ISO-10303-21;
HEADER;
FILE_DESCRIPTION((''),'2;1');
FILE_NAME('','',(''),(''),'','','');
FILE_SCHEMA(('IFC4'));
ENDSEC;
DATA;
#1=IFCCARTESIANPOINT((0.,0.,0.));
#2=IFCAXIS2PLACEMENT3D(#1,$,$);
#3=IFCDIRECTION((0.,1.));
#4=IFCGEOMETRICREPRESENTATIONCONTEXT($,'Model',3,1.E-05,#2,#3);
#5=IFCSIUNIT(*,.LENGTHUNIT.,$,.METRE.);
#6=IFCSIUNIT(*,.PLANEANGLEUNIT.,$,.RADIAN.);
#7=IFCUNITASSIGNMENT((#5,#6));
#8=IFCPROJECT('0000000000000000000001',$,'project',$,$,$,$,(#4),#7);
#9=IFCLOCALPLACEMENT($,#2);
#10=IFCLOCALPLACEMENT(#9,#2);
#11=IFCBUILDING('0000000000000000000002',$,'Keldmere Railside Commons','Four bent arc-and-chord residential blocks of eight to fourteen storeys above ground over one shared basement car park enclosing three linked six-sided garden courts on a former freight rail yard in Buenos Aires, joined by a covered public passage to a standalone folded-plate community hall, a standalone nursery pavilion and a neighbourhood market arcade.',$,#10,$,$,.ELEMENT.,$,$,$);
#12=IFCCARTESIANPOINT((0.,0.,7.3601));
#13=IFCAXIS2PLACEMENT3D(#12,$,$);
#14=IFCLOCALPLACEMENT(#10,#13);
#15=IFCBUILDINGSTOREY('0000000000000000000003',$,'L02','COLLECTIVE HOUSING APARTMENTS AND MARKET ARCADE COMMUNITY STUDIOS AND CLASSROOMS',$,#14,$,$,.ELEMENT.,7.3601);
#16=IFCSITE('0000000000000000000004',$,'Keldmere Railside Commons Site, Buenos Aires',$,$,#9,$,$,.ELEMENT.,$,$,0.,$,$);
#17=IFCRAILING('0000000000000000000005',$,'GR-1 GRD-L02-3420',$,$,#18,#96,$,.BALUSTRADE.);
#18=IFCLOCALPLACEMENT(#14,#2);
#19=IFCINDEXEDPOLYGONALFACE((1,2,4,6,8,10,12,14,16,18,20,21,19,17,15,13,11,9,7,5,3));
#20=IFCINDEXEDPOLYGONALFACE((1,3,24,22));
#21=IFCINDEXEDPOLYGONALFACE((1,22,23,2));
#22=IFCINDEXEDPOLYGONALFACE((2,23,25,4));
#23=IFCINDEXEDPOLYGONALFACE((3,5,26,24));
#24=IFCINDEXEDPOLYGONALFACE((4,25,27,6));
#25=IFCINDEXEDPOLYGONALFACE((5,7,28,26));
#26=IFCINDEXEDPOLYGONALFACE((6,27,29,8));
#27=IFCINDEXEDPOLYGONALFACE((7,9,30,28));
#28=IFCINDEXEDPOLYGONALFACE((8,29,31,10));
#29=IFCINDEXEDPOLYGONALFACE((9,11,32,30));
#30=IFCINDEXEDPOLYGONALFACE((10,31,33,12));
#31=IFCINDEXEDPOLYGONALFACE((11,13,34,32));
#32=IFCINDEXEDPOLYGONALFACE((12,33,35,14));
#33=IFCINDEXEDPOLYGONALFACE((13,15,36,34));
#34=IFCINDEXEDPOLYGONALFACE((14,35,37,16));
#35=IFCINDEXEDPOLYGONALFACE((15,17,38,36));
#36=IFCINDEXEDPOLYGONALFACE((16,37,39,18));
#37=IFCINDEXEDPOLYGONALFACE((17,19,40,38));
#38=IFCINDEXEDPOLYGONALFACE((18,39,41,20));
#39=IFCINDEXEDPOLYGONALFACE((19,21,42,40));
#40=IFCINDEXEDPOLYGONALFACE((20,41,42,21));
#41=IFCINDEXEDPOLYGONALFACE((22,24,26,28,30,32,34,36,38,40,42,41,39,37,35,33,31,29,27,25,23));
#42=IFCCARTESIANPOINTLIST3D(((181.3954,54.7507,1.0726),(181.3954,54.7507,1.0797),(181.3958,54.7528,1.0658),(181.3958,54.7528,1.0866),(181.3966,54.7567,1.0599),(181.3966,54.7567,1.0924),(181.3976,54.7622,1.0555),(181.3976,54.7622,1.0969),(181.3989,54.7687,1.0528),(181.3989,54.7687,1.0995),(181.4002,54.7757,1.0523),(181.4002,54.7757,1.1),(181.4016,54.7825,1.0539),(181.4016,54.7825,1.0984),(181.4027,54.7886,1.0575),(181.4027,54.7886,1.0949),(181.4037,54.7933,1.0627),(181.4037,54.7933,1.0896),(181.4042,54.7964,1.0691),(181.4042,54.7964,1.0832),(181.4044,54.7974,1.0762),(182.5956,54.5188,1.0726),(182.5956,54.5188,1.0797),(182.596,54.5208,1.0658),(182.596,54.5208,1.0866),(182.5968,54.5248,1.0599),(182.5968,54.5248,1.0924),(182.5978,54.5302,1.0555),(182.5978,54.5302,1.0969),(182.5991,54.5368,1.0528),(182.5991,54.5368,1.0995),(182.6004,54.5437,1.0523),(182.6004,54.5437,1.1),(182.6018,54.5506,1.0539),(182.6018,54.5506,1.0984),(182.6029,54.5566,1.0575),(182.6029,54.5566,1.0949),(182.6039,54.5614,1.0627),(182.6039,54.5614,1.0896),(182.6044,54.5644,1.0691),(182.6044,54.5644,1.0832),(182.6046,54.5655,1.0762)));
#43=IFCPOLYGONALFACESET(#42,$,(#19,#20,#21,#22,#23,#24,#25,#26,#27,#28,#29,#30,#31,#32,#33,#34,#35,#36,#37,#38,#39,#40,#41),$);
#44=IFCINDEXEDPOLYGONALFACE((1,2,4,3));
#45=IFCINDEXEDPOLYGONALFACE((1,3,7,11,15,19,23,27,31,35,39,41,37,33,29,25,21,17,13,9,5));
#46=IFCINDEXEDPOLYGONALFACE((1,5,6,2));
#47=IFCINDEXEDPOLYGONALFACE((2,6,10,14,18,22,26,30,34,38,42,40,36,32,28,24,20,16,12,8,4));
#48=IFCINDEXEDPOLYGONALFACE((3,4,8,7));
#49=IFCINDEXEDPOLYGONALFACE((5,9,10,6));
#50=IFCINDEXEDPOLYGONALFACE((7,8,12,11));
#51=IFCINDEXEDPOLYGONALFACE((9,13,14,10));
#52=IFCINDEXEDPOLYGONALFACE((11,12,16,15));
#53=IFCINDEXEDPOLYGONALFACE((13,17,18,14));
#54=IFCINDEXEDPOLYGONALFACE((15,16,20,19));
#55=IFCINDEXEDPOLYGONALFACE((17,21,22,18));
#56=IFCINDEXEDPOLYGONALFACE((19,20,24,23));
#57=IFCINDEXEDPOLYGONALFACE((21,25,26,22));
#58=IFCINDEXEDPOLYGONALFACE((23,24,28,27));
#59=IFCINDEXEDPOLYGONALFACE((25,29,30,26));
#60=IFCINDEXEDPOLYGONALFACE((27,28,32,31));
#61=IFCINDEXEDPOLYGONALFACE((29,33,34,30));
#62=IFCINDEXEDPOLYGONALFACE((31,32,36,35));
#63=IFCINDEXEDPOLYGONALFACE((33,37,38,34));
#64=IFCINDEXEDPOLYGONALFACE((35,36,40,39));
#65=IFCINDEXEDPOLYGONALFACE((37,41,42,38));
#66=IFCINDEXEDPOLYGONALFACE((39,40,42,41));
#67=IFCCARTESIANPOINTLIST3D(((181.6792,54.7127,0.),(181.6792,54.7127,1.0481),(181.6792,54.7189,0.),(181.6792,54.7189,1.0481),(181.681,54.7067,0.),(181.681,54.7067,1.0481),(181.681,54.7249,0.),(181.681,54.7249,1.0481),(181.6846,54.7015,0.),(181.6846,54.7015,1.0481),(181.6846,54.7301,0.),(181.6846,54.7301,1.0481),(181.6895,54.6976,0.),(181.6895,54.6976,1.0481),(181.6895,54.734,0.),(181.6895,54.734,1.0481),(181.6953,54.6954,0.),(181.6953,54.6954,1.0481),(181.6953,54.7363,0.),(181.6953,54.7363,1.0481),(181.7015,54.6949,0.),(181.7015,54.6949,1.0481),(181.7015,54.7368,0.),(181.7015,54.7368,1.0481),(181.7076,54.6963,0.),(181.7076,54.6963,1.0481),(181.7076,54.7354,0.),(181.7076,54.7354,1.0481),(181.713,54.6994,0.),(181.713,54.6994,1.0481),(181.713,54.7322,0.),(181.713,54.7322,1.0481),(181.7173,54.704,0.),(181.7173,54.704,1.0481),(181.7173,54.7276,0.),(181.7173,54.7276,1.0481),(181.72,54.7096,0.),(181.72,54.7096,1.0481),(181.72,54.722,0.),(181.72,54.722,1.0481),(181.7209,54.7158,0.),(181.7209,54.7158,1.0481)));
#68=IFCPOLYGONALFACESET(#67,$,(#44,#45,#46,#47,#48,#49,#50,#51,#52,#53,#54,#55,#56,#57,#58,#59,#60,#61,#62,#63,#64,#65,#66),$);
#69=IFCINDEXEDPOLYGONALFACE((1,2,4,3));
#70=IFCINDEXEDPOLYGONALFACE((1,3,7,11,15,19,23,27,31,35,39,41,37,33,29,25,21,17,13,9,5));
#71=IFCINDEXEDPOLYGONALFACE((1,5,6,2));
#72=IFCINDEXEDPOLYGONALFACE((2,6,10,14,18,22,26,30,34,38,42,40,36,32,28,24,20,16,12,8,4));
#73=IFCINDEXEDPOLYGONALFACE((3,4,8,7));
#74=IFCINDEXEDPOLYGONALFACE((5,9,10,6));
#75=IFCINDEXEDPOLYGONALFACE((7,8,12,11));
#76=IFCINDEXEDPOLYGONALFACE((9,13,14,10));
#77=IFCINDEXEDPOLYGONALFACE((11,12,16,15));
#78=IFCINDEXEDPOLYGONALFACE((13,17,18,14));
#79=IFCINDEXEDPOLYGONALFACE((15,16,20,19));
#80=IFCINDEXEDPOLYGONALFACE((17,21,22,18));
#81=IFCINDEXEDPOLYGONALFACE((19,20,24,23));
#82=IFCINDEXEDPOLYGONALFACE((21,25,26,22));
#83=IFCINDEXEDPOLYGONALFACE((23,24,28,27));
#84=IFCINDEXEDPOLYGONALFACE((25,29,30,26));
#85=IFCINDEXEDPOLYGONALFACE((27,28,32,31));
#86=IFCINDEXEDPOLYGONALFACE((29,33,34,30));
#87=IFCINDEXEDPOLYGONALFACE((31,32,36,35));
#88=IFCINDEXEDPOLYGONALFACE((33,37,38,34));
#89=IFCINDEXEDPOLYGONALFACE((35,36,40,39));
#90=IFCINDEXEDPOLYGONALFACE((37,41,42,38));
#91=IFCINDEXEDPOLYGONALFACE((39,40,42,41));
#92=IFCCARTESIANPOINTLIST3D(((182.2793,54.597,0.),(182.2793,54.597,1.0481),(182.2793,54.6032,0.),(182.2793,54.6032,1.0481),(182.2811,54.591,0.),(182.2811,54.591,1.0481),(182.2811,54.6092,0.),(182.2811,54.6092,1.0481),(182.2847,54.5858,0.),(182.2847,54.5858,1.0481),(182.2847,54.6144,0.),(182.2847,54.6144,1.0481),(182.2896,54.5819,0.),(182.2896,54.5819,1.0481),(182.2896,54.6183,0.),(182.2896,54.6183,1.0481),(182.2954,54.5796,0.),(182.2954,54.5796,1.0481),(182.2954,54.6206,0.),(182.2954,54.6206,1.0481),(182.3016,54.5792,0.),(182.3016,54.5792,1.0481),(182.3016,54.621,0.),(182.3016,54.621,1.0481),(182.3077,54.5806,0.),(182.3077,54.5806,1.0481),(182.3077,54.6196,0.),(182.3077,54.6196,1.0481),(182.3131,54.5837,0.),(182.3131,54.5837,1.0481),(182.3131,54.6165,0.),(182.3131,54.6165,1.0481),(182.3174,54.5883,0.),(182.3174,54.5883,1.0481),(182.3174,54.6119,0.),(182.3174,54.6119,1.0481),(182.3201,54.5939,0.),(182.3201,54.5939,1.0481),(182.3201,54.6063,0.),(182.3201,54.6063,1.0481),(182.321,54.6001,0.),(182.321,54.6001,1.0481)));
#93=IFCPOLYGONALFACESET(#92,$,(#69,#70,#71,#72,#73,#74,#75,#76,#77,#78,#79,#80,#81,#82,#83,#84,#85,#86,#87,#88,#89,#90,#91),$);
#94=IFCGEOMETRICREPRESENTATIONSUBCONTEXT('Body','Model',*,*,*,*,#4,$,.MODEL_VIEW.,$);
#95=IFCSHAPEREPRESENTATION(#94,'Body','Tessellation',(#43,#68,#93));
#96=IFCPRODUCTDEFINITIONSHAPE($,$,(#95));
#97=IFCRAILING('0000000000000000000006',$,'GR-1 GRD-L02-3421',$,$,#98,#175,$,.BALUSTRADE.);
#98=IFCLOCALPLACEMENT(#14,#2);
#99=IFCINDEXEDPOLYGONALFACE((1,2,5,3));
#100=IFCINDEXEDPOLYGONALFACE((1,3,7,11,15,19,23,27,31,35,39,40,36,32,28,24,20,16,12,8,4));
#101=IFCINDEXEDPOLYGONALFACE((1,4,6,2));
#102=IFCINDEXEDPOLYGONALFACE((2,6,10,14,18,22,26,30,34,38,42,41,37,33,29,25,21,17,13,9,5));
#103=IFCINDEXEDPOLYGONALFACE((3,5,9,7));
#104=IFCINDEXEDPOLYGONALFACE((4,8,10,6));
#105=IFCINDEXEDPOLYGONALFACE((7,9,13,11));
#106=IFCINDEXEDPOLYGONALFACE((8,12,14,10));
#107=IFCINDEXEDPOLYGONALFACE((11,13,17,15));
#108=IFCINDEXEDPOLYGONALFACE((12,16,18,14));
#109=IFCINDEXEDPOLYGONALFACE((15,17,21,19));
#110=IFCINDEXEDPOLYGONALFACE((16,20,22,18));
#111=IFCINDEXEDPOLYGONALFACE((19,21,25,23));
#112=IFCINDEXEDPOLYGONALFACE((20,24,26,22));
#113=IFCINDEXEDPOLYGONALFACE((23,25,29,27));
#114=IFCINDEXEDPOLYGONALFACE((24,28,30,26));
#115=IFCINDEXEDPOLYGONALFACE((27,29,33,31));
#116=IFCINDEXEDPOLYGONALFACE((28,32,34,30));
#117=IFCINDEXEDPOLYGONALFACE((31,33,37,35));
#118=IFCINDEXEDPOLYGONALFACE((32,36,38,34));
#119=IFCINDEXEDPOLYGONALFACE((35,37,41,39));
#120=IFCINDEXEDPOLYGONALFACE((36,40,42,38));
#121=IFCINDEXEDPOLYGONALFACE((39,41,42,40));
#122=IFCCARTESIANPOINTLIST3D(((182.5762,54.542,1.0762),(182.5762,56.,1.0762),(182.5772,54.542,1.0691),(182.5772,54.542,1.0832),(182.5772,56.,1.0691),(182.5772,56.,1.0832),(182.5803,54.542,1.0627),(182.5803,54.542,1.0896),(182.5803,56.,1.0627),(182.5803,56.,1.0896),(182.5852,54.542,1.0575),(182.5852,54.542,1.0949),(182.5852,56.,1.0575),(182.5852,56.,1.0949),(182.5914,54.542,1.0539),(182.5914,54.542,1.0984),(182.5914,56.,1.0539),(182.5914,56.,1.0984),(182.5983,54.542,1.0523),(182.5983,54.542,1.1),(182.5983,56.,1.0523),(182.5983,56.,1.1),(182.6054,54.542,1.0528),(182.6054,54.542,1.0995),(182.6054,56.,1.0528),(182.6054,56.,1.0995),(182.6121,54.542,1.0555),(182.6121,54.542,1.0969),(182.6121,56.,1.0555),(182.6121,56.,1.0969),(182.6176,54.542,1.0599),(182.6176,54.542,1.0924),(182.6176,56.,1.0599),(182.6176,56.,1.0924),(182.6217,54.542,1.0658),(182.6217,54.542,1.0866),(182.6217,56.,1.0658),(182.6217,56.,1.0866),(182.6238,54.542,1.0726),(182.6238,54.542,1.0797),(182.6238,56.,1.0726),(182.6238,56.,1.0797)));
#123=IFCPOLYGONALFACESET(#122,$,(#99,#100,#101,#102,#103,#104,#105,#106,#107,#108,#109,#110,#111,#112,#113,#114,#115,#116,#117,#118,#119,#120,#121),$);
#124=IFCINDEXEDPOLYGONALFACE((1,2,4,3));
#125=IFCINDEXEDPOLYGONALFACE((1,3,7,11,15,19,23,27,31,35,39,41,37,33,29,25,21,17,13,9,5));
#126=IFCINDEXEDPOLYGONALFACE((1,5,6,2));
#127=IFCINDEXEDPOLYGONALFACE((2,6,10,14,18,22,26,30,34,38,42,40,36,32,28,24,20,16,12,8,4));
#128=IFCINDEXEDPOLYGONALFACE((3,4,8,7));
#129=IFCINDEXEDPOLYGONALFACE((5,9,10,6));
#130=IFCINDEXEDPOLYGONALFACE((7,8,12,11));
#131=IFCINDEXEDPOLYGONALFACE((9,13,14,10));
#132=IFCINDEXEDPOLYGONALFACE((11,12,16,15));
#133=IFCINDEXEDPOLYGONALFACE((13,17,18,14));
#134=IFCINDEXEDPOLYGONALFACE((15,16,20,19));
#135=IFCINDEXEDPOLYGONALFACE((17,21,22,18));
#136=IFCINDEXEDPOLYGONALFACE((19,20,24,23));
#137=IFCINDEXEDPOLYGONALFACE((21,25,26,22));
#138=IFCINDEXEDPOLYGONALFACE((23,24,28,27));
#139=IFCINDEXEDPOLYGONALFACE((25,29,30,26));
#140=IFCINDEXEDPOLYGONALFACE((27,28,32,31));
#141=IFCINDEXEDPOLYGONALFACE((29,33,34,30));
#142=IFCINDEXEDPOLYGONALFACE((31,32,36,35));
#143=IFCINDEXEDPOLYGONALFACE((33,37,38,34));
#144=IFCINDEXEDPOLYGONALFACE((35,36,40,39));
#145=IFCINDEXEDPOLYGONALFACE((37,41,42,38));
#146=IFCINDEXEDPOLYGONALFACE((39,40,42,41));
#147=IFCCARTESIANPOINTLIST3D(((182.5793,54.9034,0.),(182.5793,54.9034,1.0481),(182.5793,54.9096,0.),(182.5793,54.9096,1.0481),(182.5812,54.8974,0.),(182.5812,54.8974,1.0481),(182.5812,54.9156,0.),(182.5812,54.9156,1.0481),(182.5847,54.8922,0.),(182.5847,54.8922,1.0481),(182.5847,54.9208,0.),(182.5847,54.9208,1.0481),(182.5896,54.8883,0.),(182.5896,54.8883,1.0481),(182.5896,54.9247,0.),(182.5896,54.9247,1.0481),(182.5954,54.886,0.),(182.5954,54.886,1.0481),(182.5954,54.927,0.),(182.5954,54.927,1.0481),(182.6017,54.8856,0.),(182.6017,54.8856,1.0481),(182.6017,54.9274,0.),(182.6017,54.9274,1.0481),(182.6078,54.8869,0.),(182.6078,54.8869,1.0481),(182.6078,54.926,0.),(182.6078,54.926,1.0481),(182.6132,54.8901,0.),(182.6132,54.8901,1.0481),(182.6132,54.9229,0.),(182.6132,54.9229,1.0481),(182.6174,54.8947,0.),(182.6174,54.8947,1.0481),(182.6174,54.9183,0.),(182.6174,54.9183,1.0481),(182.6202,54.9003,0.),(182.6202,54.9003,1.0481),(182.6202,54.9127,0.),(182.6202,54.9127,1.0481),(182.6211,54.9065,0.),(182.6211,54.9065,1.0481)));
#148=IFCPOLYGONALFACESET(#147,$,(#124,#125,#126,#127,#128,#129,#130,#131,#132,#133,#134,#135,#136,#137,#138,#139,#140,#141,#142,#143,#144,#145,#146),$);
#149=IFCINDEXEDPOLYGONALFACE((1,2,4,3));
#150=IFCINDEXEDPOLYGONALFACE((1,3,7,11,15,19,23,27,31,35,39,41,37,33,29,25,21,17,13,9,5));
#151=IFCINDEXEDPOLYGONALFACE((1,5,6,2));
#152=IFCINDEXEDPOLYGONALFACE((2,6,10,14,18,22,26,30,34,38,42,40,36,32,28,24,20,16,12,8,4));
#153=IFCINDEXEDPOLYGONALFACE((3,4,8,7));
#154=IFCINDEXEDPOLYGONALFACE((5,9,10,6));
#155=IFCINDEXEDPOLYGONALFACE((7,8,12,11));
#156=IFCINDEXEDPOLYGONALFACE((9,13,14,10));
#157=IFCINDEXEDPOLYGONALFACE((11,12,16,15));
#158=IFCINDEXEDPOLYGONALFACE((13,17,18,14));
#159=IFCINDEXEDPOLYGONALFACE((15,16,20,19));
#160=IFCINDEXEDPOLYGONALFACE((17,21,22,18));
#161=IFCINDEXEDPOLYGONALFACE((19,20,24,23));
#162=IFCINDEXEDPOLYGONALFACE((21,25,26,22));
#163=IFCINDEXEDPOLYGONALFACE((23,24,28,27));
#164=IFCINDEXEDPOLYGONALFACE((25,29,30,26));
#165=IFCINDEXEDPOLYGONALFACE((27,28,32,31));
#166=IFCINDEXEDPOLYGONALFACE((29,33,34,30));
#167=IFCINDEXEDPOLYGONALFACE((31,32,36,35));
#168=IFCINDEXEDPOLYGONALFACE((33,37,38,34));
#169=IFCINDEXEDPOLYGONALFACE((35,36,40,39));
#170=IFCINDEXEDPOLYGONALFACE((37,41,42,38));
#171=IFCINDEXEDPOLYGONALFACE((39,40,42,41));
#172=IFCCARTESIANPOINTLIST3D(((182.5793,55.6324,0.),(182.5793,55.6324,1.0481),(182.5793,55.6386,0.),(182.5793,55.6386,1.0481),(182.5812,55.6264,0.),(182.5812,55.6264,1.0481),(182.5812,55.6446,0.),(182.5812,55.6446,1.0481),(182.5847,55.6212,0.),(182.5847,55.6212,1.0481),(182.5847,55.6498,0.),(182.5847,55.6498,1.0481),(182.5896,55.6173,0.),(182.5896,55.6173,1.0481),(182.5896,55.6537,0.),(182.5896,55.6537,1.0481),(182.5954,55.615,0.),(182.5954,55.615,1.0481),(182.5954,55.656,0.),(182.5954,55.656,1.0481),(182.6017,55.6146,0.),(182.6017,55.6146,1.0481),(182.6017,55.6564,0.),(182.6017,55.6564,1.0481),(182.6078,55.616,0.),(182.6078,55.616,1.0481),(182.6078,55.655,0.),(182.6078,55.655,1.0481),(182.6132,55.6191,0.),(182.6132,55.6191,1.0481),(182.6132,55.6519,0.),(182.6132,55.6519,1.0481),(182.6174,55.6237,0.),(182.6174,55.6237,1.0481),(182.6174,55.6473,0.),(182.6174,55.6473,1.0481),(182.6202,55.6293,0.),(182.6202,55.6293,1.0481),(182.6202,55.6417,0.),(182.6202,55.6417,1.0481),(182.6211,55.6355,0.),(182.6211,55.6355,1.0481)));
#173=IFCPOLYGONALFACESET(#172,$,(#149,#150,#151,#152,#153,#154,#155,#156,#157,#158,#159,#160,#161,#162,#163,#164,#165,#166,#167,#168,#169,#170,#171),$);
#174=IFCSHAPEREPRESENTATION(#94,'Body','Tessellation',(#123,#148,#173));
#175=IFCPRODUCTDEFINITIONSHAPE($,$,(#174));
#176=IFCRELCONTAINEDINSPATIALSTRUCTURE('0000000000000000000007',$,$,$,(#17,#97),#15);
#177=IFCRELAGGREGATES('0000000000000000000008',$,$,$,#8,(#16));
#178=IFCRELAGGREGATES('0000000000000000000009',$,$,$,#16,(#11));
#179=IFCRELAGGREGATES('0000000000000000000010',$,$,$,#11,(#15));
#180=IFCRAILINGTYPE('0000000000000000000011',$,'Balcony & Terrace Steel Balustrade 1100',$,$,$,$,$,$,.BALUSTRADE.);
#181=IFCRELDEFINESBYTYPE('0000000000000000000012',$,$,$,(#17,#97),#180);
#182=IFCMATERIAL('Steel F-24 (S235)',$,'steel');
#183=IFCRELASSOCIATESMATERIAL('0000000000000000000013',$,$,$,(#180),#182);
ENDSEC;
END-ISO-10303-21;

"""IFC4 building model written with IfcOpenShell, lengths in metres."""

from ifc_helpers import new_model, si_unit, direction, frame, origin, origin_2d, place, context, subcontext, project, spatial, circle, extrude, material, type_object, element, save


model = new_model("IFC4")

# Units and contexts
model_context = context("Model", 3, precision=1e-05, world=origin(), true_north=direction((0.0, 1.0)))
body_context = subcontext(model_context, "Body", "Model", "MODEL_VIEW")
ifc_project = project(units=[si_unit("LENGTHUNIT", "METRE"), si_unit("PLANEANGLEUNIT", "RADIAN")], contexts=[model_context])

# Site, building, storey
site_placement = place(None, origin())
site = spatial("IfcSite", under=ifc_project, at=site_placement, Name="Keldmere Railside Commons Site, Buenos Aires", CompositionType="ELEMENT", RefElevation=0.0)
building_placement = place(site_placement, origin())
building = spatial("IfcBuilding", under=site, at=building_placement, Name="Keldmere Railside Commons", Description="Four bent arc-and-chord residential blocks of eight to fourteen storeys above ground over one shared basement car park enclosing three linked six-sided garden courts on a former freight rail yard in Buenos Aires, joined by a covered public passage to a standalone folded-plate community hall, a standalone nursery pavilion and a neighbourhood market arcade.", CompositionType="ELEMENT")
storey_placement = place(building_placement, frame((0.0, 0.0, 7.3601)))
storey = spatial("IfcBuildingStorey", under=building, at=storey_placement, Name="L02", Description="COLLECTIVE HOUSING APARTMENTS AND MARKET ARCADE COMMUNITY STUDIOS AND CLASSROOMS", CompositionType="ELEMENT", Elevation=7.3601)

# Railings
ifc_material_1 = material(Name="Steel F-24 (S235)", Category="steel")
railing_type = type_object("IfcRailingType", Name="Balcony & Terrace Steel Balustrade 1100", PredefinedType="BALUSTRADE", material=ifc_material_1)
railing_1_placement = place(storey_placement, frame((181.3999, 54.7739, 0.0)))
element("IfcRailing", 1, at=railing_1_placement, inside=storey, type_object=railing_type, Name="GR-1 GRD-L02-3420", PredefinedType="BALUSTRADE", context=body_context, shape_type="SweptSolid", body=[
    extrude(circle(Radius=0.0239, at=origin_2d()), frame((0.0, 0.0, 1.0762), z_axis=(0.981835, -0.189736, 0.0), x_axis=(0.189736, 0.981835, 0.0)), (0.0, 0.0, 1.0), 1.2224),
    extrude(circle(Radius=0.021, at=origin_2d()), frame((0.3, -0.0581, 0.0)), (0.0, 0.0, 1.0), 1.0481),
    extrude(circle(Radius=0.021, at=origin_2d()), frame((0.9001, -0.1738, 0.0)), (0.0, 0.0, 1.0), 1.0481),
])
railing_2_placement = place(storey_placement, frame((182.6001, 54.542, 0.0)))
element("IfcRailing", 2, at=railing_2_placement, inside=storey, type_object=railing_type, Name="GR-1 GRD-L02-3421", PredefinedType="BALUSTRADE", context=body_context, shape_type="SweptSolid", body=[
    extrude(circle(Radius=0.0239, at=origin_2d()), frame((0.0, 0.0, 1.0762), z_axis=(0.0, 1.0, 0.0), x_axis=(-1.0, 0.0, 0.0)), (0.0, 0.0, 1.0), 1.458),
    extrude(circle(Radius=0.021, at=origin_2d()), frame((0.0, 0.3645, 0.0)), (0.0, 0.0, 1.0), 1.0481),
    extrude(circle(Radius=0.021, at=origin_2d()), frame((0.0, 1.0935, 0.0)), (0.0, 0.0, 1.0), 1.0481),
])

save(model, "model.ifc")
